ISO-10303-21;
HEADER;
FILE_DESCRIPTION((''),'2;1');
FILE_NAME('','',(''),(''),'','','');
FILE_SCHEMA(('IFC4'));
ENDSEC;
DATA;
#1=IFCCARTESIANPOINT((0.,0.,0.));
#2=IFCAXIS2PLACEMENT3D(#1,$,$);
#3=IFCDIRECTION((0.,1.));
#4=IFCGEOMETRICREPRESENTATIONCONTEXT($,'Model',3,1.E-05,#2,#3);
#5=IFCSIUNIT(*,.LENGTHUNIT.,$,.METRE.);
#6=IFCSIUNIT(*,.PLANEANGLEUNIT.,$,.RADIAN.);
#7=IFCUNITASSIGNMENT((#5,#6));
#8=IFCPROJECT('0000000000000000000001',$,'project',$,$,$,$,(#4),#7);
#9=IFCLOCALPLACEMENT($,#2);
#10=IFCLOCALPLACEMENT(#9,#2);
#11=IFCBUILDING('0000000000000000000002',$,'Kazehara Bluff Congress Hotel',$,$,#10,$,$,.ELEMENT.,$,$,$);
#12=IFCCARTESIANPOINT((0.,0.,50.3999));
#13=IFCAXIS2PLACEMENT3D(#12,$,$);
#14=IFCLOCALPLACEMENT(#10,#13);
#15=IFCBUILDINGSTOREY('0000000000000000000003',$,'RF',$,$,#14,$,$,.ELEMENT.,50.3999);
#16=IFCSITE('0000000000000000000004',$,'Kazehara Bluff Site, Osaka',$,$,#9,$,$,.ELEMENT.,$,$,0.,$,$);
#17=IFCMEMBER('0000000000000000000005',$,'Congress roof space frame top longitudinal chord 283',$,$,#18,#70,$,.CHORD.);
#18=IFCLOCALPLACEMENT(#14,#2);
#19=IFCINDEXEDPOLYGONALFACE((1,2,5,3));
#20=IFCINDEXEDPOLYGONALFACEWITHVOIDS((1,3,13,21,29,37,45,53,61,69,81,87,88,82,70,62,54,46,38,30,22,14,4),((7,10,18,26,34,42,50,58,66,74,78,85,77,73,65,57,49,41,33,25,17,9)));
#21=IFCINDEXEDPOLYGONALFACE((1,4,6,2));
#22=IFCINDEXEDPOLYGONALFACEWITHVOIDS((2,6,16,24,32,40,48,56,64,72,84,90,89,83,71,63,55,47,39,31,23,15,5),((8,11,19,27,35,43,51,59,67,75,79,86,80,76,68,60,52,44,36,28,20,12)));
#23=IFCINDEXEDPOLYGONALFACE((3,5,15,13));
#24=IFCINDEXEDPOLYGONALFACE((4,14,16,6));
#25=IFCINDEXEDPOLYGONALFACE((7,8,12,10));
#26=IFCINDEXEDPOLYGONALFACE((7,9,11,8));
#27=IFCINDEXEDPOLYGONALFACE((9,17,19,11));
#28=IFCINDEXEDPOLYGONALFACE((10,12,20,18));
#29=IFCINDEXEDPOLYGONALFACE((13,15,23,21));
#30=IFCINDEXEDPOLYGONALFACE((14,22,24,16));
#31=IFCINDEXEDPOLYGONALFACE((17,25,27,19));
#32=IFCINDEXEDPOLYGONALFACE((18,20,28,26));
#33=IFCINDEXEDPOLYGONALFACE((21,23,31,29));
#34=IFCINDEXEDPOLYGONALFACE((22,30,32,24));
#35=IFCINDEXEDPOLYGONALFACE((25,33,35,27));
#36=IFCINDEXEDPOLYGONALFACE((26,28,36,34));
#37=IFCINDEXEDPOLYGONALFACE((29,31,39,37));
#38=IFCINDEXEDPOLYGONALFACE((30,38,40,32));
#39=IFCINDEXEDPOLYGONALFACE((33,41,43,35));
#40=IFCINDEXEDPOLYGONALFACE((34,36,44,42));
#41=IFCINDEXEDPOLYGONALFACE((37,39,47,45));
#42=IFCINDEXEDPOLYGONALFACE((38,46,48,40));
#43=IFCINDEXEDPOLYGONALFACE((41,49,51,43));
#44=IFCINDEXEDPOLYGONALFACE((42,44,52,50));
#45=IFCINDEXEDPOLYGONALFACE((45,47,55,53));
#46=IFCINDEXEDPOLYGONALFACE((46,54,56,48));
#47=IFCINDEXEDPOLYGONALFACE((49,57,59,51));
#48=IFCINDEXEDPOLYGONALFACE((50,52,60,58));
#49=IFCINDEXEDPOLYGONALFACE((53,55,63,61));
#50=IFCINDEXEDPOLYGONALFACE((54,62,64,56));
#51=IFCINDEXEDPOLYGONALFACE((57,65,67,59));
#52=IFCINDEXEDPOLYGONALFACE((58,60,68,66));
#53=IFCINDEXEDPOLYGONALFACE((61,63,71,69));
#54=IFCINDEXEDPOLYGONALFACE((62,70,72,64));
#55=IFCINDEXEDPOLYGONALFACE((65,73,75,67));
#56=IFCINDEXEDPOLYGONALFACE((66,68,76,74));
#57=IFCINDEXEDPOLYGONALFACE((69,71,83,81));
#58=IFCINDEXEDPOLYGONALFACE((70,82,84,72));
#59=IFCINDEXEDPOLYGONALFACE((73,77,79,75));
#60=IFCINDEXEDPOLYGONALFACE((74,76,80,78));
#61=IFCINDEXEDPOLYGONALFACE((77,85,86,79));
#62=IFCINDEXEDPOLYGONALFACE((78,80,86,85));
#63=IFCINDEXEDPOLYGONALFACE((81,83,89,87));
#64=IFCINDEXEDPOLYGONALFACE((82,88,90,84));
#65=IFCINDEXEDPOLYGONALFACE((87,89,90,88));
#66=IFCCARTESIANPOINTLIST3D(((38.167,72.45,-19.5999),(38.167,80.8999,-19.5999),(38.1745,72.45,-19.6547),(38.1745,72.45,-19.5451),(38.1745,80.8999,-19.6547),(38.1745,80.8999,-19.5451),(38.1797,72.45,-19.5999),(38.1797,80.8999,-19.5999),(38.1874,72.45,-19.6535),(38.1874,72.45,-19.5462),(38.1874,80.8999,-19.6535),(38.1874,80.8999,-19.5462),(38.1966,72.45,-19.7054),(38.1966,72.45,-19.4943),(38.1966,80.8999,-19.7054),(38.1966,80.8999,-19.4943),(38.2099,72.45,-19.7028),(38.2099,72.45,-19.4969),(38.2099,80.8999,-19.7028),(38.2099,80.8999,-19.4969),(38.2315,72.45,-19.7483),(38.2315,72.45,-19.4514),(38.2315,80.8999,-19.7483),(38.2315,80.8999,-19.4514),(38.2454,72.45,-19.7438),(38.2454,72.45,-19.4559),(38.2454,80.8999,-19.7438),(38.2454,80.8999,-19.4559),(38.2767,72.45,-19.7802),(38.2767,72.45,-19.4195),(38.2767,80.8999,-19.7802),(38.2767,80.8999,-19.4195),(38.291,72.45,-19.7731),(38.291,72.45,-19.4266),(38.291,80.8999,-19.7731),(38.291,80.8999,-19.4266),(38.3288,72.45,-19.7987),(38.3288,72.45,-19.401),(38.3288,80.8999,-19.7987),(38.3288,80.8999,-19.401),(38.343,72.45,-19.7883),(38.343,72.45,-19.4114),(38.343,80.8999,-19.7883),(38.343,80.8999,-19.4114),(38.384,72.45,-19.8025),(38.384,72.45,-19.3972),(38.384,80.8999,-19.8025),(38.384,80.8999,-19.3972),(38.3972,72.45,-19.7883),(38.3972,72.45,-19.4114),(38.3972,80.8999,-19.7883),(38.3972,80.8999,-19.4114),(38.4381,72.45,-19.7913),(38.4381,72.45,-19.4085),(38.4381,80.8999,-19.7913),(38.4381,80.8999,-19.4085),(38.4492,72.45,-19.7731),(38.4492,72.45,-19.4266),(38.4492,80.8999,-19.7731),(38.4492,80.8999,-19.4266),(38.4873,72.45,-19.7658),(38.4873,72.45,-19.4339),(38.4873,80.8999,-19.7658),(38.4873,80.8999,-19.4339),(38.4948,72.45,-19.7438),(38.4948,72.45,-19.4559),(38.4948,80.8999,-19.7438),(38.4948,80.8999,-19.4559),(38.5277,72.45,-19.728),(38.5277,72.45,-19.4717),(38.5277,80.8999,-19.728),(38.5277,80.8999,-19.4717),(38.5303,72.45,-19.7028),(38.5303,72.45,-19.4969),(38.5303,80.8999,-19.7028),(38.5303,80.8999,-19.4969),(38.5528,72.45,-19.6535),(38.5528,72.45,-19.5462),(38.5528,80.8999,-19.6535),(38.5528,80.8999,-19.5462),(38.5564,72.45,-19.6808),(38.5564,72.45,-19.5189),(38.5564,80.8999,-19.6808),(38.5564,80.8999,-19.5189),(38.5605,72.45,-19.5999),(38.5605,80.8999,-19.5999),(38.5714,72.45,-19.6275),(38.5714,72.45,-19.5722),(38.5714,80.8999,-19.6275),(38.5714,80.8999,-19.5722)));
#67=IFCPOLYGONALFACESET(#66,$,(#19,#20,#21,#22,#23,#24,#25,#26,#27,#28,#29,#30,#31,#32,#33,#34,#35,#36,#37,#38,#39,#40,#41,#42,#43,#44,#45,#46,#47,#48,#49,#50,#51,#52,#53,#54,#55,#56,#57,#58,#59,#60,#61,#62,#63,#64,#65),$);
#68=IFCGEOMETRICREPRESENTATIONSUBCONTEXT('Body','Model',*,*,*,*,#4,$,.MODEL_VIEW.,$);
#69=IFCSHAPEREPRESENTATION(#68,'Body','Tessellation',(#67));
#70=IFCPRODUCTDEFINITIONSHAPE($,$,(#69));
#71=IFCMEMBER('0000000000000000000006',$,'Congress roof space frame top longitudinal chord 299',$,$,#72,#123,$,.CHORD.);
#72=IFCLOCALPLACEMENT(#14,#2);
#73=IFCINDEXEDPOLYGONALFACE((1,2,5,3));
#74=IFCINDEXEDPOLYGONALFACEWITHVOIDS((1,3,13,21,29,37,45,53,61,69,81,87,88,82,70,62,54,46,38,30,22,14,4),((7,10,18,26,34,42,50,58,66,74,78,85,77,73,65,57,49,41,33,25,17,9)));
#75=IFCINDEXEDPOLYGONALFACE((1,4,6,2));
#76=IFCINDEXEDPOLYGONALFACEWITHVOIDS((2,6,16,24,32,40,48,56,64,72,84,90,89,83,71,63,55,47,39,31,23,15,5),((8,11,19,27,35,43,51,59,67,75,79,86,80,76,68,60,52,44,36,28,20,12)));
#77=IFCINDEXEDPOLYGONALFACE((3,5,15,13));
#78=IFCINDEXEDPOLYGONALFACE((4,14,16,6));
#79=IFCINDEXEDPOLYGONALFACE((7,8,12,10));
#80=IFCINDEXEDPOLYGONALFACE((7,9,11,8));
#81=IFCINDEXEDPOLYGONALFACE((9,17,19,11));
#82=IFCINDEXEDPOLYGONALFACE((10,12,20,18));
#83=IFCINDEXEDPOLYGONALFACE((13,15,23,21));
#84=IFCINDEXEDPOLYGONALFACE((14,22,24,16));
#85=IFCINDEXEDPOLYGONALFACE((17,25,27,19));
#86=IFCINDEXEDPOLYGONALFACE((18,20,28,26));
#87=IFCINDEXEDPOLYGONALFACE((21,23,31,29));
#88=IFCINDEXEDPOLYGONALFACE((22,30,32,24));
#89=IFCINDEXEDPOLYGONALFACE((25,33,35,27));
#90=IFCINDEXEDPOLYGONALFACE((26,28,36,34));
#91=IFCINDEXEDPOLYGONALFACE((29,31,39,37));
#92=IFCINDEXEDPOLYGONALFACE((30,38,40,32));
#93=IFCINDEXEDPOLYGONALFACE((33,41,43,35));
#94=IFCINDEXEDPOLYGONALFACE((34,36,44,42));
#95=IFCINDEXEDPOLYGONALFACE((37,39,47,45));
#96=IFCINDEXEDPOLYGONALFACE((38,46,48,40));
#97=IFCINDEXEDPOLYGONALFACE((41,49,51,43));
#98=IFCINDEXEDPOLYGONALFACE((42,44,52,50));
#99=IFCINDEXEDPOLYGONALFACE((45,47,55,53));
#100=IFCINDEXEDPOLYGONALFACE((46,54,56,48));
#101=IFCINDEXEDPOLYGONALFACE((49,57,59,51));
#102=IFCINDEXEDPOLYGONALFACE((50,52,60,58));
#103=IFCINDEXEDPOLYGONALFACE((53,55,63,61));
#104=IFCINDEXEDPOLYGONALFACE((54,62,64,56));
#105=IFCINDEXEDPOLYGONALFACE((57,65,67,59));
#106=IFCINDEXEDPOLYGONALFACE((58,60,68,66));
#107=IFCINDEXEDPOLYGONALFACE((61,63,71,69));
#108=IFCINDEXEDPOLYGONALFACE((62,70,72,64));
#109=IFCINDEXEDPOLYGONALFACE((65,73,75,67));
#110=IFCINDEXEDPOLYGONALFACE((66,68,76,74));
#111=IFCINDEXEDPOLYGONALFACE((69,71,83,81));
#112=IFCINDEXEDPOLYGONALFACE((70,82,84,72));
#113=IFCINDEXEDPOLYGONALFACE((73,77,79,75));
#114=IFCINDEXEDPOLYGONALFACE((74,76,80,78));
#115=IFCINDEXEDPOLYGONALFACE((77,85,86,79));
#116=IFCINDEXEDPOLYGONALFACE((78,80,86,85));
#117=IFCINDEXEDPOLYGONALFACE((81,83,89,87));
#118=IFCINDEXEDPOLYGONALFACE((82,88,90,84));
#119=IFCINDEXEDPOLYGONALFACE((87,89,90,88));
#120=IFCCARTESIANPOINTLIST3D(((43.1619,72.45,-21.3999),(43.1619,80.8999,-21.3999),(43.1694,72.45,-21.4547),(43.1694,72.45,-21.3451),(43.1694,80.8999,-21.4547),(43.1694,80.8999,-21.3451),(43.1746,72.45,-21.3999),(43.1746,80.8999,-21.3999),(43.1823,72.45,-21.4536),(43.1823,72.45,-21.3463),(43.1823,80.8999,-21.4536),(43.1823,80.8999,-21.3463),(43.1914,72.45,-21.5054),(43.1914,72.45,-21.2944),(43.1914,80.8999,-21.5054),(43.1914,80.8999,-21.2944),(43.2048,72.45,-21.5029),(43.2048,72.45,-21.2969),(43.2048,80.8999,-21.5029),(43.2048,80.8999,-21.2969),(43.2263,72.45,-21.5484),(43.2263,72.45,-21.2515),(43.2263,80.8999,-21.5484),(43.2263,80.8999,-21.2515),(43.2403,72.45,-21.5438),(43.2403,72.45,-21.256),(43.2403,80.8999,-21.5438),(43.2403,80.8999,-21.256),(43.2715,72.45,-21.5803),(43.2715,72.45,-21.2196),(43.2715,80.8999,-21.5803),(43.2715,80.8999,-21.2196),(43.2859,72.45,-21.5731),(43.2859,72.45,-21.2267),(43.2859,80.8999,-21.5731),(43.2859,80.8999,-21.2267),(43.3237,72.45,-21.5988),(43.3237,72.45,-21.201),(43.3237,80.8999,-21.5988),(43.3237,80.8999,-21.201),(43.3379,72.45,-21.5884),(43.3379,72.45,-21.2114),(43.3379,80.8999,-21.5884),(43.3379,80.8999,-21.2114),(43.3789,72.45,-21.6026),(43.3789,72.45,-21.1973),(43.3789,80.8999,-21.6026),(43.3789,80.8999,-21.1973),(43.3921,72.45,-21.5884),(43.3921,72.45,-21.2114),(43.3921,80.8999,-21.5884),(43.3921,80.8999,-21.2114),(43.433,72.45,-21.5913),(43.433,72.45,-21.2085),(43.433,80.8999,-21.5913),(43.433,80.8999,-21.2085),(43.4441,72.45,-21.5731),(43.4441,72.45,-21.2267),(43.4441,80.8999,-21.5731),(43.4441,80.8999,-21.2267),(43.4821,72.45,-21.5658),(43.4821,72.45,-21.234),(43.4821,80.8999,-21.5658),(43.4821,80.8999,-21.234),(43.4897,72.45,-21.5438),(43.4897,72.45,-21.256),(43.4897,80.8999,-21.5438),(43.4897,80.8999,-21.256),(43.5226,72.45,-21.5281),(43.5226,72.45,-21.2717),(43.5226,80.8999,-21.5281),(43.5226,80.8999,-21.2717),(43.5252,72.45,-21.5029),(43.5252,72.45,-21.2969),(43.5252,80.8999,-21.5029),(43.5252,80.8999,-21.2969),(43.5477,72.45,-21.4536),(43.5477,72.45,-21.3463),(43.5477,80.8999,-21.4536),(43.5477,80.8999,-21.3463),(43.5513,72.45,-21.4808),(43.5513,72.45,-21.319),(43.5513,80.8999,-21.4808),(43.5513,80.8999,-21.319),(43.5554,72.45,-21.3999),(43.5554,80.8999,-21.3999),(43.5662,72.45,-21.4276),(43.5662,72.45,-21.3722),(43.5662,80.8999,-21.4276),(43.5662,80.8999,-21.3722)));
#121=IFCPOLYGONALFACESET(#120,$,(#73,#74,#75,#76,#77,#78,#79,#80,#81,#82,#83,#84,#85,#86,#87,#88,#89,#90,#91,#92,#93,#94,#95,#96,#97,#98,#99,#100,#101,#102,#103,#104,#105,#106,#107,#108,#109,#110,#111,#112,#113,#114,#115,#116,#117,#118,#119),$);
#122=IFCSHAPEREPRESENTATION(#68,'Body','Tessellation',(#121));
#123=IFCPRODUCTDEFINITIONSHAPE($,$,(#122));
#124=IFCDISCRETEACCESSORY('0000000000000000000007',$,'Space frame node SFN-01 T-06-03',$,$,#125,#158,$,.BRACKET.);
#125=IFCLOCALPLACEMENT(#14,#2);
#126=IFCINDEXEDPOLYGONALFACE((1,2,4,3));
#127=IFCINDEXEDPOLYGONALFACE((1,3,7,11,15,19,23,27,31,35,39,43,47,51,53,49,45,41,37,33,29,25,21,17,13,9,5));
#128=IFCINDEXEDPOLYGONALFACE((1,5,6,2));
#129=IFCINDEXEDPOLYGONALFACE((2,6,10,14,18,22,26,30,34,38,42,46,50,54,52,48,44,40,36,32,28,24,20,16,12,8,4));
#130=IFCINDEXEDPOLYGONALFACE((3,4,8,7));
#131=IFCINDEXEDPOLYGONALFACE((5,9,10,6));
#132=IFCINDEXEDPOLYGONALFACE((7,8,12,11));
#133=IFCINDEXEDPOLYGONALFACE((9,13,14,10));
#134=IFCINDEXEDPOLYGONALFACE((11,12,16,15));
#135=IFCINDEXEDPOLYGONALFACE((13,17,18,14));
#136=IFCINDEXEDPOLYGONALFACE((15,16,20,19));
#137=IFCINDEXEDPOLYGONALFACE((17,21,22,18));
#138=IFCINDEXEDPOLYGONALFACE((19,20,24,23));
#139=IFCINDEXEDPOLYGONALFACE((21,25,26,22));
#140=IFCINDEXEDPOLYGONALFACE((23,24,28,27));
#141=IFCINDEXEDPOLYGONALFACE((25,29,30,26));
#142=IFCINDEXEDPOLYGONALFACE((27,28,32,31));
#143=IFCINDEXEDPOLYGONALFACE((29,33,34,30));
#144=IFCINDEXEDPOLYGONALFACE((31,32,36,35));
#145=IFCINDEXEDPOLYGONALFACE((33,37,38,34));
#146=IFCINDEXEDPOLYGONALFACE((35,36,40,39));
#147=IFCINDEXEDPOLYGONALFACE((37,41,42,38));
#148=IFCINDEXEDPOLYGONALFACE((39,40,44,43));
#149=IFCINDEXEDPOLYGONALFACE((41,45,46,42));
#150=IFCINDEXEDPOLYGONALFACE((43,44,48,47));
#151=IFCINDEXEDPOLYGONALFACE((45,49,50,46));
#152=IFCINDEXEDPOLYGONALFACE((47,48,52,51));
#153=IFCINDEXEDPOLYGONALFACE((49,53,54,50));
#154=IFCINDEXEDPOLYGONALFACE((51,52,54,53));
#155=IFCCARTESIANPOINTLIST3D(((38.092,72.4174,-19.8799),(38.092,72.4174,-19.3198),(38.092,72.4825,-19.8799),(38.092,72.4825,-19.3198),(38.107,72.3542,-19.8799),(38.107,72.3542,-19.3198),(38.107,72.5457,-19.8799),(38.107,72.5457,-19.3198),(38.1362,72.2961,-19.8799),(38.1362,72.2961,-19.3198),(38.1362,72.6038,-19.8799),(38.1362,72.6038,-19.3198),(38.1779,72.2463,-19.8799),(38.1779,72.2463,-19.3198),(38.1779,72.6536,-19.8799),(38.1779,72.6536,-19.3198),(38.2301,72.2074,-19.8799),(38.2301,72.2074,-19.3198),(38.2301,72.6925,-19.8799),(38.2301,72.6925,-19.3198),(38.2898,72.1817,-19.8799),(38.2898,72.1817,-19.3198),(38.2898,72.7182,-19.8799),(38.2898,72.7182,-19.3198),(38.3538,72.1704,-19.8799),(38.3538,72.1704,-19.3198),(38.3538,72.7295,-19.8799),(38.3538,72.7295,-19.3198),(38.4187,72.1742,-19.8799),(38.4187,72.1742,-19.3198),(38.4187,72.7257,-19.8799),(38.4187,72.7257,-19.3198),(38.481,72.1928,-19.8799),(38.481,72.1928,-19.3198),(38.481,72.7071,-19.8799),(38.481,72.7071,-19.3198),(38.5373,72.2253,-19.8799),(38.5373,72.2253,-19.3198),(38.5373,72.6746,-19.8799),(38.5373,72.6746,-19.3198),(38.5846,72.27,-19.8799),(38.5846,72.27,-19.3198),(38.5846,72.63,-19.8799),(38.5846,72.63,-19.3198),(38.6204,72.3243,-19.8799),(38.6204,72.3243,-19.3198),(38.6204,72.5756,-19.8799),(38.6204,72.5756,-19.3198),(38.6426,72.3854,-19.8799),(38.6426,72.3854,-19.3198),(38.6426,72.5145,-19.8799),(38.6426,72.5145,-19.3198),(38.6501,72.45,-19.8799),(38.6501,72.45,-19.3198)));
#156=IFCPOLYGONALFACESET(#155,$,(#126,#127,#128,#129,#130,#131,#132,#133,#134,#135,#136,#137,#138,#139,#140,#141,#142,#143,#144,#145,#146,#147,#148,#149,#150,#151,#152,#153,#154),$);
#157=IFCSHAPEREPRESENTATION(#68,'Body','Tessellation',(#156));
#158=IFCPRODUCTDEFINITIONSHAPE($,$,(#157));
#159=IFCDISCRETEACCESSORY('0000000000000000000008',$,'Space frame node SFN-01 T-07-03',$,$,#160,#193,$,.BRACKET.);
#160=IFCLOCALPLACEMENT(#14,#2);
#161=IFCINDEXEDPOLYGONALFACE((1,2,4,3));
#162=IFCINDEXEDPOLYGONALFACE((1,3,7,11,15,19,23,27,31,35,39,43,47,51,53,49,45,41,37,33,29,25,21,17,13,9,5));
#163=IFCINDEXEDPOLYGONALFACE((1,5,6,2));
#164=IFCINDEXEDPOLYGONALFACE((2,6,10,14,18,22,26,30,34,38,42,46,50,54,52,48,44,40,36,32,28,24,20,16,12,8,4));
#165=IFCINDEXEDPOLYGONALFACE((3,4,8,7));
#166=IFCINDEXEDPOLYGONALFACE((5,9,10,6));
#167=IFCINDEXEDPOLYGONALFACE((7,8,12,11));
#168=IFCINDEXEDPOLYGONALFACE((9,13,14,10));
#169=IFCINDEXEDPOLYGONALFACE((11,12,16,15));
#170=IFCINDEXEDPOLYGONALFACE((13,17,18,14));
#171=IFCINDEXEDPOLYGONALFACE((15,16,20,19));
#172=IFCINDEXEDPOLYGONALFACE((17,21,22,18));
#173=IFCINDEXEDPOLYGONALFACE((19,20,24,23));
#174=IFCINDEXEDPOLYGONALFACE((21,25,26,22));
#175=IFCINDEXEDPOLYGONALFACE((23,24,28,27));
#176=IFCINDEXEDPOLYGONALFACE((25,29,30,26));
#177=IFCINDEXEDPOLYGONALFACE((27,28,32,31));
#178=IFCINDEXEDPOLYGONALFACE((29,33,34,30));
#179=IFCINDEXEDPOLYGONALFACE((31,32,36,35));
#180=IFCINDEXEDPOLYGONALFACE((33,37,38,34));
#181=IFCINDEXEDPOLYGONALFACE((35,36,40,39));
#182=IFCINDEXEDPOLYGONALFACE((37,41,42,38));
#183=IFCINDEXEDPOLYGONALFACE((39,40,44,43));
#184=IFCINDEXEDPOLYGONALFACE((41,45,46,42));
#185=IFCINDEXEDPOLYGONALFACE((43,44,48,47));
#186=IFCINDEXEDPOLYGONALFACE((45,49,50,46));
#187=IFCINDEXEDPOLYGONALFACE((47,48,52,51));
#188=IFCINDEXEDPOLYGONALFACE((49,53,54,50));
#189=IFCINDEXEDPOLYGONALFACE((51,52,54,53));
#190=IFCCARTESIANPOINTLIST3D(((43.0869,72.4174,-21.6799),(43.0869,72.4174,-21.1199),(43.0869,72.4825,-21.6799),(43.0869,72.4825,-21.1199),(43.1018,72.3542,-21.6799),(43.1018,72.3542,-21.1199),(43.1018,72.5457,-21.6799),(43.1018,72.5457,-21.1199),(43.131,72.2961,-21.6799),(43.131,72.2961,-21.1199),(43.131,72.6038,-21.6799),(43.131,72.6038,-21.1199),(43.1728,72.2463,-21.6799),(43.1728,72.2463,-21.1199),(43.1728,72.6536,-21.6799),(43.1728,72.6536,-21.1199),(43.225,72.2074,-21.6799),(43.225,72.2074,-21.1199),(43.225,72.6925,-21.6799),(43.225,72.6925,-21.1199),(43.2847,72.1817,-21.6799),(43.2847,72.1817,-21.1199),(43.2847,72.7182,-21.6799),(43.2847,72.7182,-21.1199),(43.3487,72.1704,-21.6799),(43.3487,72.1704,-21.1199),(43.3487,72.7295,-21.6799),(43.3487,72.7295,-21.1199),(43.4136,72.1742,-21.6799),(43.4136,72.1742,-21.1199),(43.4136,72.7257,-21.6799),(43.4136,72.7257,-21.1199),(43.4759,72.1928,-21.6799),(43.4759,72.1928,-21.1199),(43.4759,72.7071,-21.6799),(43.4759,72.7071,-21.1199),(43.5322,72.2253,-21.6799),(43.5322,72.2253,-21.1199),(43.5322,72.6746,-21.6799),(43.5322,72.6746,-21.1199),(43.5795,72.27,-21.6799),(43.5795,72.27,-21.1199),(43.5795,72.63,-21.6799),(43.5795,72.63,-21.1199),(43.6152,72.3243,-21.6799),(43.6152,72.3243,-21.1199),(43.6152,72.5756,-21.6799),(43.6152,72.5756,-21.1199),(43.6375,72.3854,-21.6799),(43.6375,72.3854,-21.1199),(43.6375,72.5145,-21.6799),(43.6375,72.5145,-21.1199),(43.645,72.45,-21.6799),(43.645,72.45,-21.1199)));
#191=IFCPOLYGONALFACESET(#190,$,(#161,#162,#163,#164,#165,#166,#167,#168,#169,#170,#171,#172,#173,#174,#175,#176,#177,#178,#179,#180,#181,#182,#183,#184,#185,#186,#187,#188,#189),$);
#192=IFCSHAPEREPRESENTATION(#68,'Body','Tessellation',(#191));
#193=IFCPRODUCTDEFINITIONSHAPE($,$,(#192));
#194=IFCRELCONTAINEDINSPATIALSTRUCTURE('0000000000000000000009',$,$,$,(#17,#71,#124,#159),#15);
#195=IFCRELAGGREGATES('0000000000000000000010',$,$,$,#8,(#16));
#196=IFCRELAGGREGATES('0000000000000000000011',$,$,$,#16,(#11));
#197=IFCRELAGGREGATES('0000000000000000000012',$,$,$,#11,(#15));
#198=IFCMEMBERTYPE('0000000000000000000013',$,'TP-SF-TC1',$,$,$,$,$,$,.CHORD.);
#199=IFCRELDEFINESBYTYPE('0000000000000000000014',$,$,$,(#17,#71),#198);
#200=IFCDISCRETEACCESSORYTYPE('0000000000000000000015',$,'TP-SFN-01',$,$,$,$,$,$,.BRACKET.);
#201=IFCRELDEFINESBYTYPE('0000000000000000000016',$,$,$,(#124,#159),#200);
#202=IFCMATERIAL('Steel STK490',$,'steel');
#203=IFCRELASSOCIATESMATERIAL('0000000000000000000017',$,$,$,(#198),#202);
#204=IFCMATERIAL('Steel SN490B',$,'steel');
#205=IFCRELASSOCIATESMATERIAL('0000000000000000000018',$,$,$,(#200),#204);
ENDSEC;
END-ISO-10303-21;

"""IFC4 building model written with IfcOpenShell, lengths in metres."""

from ifc_helpers import new_model, si_unit, direction, frame, origin, origin_2d, place, context, subcontext, project, spatial, circle, hollow_circle, extrude, material, material_profile, profile_set, type_object, element, save


model = new_model("IFC4")

# Units and contexts
model_context = context("Model", 3, precision=1e-05, world=origin(), true_north=direction((0.0, 1.0)))
body_context = subcontext(model_context, "Body", "Model", "MODEL_VIEW")
ifc_project = project(units=[si_unit("LENGTHUNIT", "METRE"), si_unit("PLANEANGLEUNIT", "RADIAN")], contexts=[model_context])

# Site, building, storey
site_placement = place(None, origin())
site = spatial("IfcSite", under=ifc_project, at=site_placement, Name="Kazehara Bluff Site, Osaka", CompositionType="ELEMENT", RefElevation=0.0)
building_placement = place(site_placement, origin())
building = spatial("IfcBuilding", under=site, at=building_placement, Name="Kazehara Bluff Congress Hotel", CompositionType="ELEMENT")
storey_placement = place(building_placement, frame((0.0, 0.0, 50.3999)))
storey = spatial("IfcBuildingStorey", under=building, at=storey_placement, Name="RF", CompositionType="ELEMENT", Elevation=50.3999)

# Members
ifc_material_1 = material(Name="Steel STK490", Category="steel")
ifc_material_profile_1 = material_profile(ifc_material_1, hollow_circle(Radius=0.2031, WallThickness=0.0127, at=origin_2d()))
ifc_profile_set_1 = profile_set([ifc_material_profile_1], Name="Steel STK490")
member_type_1 = type_object("IfcMemberType", Name="TP-SF-TC1", PredefinedType="CHORD", material=ifc_profile_set_1)
for number, where, z_axis, x_axis, name in (
    (1, (38.3701, 72.45, -19.5999), (0.0, 1.0, 0.0), (-1.0, 0.0, 0.0), "Congress roof space frame top longitudinal chord 283"),
    (2, (43.365, 72.45, -21.3999), (0.0, 1.0, 0.0), (-1.0, 0.0, 0.0), "Congress roof space frame top longitudinal chord 299"),
):
    element("IfcMember", number, at=place(storey_placement, frame(where, z_axis=z_axis, x_axis=x_axis)), inside=storey, type_object=member_type_1, Name=name, PredefinedType="CHORD", context=body_context, shape_type="SweptSolid", body=[
        extrude(hollow_circle(Radius=0.2031, WallThickness=0.0127, at=origin_2d()), origin(), (0.0, 0.0, 1.0), 8.45),
    ])

# Discrete accessories
ifc_material_2 = material(Name="Steel SN490B", Category="steel")
ifc_material_profile_2 = material_profile(ifc_material_2, circle(Radius=0.28, at=origin_2d()))
ifc_profile_set_2 = profile_set([ifc_material_profile_2], Name="Steel SN490B")
discrete_accessory_type_1 = type_object("IfcDiscreteAccessoryType", Name="TP-SFN-01", PredefinedType="BRACKET", material=ifc_profile_set_2)
for number, where, z_axis, x_axis, name in (
    (3, (38.3701, 72.45, -19.8799), (0.0, 0.0, 1.0), (1.0, 0.0, 0.0), "Space frame node SFN-01 T-06-03"),
    (4, (43.365, 72.45, -21.6799), (0.0, 0.0, 1.0), (1.0, 0.0, 0.0), "Space frame node SFN-01 T-07-03"),
):
    element("IfcDiscreteAccessory", number, at=place(storey_placement, frame(where, z_axis=z_axis, x_axis=x_axis)), inside=storey, type_object=discrete_accessory_type_1, Name=name, PredefinedType="BRACKET", context=body_context, shape_type="SweptSolid", body=[
        extrude(circle(Radius=0.28, at=origin_2d()), origin(), (0.0, 0.0, 1.0), 0.5601),
    ])

save(model, "model.ifc")
